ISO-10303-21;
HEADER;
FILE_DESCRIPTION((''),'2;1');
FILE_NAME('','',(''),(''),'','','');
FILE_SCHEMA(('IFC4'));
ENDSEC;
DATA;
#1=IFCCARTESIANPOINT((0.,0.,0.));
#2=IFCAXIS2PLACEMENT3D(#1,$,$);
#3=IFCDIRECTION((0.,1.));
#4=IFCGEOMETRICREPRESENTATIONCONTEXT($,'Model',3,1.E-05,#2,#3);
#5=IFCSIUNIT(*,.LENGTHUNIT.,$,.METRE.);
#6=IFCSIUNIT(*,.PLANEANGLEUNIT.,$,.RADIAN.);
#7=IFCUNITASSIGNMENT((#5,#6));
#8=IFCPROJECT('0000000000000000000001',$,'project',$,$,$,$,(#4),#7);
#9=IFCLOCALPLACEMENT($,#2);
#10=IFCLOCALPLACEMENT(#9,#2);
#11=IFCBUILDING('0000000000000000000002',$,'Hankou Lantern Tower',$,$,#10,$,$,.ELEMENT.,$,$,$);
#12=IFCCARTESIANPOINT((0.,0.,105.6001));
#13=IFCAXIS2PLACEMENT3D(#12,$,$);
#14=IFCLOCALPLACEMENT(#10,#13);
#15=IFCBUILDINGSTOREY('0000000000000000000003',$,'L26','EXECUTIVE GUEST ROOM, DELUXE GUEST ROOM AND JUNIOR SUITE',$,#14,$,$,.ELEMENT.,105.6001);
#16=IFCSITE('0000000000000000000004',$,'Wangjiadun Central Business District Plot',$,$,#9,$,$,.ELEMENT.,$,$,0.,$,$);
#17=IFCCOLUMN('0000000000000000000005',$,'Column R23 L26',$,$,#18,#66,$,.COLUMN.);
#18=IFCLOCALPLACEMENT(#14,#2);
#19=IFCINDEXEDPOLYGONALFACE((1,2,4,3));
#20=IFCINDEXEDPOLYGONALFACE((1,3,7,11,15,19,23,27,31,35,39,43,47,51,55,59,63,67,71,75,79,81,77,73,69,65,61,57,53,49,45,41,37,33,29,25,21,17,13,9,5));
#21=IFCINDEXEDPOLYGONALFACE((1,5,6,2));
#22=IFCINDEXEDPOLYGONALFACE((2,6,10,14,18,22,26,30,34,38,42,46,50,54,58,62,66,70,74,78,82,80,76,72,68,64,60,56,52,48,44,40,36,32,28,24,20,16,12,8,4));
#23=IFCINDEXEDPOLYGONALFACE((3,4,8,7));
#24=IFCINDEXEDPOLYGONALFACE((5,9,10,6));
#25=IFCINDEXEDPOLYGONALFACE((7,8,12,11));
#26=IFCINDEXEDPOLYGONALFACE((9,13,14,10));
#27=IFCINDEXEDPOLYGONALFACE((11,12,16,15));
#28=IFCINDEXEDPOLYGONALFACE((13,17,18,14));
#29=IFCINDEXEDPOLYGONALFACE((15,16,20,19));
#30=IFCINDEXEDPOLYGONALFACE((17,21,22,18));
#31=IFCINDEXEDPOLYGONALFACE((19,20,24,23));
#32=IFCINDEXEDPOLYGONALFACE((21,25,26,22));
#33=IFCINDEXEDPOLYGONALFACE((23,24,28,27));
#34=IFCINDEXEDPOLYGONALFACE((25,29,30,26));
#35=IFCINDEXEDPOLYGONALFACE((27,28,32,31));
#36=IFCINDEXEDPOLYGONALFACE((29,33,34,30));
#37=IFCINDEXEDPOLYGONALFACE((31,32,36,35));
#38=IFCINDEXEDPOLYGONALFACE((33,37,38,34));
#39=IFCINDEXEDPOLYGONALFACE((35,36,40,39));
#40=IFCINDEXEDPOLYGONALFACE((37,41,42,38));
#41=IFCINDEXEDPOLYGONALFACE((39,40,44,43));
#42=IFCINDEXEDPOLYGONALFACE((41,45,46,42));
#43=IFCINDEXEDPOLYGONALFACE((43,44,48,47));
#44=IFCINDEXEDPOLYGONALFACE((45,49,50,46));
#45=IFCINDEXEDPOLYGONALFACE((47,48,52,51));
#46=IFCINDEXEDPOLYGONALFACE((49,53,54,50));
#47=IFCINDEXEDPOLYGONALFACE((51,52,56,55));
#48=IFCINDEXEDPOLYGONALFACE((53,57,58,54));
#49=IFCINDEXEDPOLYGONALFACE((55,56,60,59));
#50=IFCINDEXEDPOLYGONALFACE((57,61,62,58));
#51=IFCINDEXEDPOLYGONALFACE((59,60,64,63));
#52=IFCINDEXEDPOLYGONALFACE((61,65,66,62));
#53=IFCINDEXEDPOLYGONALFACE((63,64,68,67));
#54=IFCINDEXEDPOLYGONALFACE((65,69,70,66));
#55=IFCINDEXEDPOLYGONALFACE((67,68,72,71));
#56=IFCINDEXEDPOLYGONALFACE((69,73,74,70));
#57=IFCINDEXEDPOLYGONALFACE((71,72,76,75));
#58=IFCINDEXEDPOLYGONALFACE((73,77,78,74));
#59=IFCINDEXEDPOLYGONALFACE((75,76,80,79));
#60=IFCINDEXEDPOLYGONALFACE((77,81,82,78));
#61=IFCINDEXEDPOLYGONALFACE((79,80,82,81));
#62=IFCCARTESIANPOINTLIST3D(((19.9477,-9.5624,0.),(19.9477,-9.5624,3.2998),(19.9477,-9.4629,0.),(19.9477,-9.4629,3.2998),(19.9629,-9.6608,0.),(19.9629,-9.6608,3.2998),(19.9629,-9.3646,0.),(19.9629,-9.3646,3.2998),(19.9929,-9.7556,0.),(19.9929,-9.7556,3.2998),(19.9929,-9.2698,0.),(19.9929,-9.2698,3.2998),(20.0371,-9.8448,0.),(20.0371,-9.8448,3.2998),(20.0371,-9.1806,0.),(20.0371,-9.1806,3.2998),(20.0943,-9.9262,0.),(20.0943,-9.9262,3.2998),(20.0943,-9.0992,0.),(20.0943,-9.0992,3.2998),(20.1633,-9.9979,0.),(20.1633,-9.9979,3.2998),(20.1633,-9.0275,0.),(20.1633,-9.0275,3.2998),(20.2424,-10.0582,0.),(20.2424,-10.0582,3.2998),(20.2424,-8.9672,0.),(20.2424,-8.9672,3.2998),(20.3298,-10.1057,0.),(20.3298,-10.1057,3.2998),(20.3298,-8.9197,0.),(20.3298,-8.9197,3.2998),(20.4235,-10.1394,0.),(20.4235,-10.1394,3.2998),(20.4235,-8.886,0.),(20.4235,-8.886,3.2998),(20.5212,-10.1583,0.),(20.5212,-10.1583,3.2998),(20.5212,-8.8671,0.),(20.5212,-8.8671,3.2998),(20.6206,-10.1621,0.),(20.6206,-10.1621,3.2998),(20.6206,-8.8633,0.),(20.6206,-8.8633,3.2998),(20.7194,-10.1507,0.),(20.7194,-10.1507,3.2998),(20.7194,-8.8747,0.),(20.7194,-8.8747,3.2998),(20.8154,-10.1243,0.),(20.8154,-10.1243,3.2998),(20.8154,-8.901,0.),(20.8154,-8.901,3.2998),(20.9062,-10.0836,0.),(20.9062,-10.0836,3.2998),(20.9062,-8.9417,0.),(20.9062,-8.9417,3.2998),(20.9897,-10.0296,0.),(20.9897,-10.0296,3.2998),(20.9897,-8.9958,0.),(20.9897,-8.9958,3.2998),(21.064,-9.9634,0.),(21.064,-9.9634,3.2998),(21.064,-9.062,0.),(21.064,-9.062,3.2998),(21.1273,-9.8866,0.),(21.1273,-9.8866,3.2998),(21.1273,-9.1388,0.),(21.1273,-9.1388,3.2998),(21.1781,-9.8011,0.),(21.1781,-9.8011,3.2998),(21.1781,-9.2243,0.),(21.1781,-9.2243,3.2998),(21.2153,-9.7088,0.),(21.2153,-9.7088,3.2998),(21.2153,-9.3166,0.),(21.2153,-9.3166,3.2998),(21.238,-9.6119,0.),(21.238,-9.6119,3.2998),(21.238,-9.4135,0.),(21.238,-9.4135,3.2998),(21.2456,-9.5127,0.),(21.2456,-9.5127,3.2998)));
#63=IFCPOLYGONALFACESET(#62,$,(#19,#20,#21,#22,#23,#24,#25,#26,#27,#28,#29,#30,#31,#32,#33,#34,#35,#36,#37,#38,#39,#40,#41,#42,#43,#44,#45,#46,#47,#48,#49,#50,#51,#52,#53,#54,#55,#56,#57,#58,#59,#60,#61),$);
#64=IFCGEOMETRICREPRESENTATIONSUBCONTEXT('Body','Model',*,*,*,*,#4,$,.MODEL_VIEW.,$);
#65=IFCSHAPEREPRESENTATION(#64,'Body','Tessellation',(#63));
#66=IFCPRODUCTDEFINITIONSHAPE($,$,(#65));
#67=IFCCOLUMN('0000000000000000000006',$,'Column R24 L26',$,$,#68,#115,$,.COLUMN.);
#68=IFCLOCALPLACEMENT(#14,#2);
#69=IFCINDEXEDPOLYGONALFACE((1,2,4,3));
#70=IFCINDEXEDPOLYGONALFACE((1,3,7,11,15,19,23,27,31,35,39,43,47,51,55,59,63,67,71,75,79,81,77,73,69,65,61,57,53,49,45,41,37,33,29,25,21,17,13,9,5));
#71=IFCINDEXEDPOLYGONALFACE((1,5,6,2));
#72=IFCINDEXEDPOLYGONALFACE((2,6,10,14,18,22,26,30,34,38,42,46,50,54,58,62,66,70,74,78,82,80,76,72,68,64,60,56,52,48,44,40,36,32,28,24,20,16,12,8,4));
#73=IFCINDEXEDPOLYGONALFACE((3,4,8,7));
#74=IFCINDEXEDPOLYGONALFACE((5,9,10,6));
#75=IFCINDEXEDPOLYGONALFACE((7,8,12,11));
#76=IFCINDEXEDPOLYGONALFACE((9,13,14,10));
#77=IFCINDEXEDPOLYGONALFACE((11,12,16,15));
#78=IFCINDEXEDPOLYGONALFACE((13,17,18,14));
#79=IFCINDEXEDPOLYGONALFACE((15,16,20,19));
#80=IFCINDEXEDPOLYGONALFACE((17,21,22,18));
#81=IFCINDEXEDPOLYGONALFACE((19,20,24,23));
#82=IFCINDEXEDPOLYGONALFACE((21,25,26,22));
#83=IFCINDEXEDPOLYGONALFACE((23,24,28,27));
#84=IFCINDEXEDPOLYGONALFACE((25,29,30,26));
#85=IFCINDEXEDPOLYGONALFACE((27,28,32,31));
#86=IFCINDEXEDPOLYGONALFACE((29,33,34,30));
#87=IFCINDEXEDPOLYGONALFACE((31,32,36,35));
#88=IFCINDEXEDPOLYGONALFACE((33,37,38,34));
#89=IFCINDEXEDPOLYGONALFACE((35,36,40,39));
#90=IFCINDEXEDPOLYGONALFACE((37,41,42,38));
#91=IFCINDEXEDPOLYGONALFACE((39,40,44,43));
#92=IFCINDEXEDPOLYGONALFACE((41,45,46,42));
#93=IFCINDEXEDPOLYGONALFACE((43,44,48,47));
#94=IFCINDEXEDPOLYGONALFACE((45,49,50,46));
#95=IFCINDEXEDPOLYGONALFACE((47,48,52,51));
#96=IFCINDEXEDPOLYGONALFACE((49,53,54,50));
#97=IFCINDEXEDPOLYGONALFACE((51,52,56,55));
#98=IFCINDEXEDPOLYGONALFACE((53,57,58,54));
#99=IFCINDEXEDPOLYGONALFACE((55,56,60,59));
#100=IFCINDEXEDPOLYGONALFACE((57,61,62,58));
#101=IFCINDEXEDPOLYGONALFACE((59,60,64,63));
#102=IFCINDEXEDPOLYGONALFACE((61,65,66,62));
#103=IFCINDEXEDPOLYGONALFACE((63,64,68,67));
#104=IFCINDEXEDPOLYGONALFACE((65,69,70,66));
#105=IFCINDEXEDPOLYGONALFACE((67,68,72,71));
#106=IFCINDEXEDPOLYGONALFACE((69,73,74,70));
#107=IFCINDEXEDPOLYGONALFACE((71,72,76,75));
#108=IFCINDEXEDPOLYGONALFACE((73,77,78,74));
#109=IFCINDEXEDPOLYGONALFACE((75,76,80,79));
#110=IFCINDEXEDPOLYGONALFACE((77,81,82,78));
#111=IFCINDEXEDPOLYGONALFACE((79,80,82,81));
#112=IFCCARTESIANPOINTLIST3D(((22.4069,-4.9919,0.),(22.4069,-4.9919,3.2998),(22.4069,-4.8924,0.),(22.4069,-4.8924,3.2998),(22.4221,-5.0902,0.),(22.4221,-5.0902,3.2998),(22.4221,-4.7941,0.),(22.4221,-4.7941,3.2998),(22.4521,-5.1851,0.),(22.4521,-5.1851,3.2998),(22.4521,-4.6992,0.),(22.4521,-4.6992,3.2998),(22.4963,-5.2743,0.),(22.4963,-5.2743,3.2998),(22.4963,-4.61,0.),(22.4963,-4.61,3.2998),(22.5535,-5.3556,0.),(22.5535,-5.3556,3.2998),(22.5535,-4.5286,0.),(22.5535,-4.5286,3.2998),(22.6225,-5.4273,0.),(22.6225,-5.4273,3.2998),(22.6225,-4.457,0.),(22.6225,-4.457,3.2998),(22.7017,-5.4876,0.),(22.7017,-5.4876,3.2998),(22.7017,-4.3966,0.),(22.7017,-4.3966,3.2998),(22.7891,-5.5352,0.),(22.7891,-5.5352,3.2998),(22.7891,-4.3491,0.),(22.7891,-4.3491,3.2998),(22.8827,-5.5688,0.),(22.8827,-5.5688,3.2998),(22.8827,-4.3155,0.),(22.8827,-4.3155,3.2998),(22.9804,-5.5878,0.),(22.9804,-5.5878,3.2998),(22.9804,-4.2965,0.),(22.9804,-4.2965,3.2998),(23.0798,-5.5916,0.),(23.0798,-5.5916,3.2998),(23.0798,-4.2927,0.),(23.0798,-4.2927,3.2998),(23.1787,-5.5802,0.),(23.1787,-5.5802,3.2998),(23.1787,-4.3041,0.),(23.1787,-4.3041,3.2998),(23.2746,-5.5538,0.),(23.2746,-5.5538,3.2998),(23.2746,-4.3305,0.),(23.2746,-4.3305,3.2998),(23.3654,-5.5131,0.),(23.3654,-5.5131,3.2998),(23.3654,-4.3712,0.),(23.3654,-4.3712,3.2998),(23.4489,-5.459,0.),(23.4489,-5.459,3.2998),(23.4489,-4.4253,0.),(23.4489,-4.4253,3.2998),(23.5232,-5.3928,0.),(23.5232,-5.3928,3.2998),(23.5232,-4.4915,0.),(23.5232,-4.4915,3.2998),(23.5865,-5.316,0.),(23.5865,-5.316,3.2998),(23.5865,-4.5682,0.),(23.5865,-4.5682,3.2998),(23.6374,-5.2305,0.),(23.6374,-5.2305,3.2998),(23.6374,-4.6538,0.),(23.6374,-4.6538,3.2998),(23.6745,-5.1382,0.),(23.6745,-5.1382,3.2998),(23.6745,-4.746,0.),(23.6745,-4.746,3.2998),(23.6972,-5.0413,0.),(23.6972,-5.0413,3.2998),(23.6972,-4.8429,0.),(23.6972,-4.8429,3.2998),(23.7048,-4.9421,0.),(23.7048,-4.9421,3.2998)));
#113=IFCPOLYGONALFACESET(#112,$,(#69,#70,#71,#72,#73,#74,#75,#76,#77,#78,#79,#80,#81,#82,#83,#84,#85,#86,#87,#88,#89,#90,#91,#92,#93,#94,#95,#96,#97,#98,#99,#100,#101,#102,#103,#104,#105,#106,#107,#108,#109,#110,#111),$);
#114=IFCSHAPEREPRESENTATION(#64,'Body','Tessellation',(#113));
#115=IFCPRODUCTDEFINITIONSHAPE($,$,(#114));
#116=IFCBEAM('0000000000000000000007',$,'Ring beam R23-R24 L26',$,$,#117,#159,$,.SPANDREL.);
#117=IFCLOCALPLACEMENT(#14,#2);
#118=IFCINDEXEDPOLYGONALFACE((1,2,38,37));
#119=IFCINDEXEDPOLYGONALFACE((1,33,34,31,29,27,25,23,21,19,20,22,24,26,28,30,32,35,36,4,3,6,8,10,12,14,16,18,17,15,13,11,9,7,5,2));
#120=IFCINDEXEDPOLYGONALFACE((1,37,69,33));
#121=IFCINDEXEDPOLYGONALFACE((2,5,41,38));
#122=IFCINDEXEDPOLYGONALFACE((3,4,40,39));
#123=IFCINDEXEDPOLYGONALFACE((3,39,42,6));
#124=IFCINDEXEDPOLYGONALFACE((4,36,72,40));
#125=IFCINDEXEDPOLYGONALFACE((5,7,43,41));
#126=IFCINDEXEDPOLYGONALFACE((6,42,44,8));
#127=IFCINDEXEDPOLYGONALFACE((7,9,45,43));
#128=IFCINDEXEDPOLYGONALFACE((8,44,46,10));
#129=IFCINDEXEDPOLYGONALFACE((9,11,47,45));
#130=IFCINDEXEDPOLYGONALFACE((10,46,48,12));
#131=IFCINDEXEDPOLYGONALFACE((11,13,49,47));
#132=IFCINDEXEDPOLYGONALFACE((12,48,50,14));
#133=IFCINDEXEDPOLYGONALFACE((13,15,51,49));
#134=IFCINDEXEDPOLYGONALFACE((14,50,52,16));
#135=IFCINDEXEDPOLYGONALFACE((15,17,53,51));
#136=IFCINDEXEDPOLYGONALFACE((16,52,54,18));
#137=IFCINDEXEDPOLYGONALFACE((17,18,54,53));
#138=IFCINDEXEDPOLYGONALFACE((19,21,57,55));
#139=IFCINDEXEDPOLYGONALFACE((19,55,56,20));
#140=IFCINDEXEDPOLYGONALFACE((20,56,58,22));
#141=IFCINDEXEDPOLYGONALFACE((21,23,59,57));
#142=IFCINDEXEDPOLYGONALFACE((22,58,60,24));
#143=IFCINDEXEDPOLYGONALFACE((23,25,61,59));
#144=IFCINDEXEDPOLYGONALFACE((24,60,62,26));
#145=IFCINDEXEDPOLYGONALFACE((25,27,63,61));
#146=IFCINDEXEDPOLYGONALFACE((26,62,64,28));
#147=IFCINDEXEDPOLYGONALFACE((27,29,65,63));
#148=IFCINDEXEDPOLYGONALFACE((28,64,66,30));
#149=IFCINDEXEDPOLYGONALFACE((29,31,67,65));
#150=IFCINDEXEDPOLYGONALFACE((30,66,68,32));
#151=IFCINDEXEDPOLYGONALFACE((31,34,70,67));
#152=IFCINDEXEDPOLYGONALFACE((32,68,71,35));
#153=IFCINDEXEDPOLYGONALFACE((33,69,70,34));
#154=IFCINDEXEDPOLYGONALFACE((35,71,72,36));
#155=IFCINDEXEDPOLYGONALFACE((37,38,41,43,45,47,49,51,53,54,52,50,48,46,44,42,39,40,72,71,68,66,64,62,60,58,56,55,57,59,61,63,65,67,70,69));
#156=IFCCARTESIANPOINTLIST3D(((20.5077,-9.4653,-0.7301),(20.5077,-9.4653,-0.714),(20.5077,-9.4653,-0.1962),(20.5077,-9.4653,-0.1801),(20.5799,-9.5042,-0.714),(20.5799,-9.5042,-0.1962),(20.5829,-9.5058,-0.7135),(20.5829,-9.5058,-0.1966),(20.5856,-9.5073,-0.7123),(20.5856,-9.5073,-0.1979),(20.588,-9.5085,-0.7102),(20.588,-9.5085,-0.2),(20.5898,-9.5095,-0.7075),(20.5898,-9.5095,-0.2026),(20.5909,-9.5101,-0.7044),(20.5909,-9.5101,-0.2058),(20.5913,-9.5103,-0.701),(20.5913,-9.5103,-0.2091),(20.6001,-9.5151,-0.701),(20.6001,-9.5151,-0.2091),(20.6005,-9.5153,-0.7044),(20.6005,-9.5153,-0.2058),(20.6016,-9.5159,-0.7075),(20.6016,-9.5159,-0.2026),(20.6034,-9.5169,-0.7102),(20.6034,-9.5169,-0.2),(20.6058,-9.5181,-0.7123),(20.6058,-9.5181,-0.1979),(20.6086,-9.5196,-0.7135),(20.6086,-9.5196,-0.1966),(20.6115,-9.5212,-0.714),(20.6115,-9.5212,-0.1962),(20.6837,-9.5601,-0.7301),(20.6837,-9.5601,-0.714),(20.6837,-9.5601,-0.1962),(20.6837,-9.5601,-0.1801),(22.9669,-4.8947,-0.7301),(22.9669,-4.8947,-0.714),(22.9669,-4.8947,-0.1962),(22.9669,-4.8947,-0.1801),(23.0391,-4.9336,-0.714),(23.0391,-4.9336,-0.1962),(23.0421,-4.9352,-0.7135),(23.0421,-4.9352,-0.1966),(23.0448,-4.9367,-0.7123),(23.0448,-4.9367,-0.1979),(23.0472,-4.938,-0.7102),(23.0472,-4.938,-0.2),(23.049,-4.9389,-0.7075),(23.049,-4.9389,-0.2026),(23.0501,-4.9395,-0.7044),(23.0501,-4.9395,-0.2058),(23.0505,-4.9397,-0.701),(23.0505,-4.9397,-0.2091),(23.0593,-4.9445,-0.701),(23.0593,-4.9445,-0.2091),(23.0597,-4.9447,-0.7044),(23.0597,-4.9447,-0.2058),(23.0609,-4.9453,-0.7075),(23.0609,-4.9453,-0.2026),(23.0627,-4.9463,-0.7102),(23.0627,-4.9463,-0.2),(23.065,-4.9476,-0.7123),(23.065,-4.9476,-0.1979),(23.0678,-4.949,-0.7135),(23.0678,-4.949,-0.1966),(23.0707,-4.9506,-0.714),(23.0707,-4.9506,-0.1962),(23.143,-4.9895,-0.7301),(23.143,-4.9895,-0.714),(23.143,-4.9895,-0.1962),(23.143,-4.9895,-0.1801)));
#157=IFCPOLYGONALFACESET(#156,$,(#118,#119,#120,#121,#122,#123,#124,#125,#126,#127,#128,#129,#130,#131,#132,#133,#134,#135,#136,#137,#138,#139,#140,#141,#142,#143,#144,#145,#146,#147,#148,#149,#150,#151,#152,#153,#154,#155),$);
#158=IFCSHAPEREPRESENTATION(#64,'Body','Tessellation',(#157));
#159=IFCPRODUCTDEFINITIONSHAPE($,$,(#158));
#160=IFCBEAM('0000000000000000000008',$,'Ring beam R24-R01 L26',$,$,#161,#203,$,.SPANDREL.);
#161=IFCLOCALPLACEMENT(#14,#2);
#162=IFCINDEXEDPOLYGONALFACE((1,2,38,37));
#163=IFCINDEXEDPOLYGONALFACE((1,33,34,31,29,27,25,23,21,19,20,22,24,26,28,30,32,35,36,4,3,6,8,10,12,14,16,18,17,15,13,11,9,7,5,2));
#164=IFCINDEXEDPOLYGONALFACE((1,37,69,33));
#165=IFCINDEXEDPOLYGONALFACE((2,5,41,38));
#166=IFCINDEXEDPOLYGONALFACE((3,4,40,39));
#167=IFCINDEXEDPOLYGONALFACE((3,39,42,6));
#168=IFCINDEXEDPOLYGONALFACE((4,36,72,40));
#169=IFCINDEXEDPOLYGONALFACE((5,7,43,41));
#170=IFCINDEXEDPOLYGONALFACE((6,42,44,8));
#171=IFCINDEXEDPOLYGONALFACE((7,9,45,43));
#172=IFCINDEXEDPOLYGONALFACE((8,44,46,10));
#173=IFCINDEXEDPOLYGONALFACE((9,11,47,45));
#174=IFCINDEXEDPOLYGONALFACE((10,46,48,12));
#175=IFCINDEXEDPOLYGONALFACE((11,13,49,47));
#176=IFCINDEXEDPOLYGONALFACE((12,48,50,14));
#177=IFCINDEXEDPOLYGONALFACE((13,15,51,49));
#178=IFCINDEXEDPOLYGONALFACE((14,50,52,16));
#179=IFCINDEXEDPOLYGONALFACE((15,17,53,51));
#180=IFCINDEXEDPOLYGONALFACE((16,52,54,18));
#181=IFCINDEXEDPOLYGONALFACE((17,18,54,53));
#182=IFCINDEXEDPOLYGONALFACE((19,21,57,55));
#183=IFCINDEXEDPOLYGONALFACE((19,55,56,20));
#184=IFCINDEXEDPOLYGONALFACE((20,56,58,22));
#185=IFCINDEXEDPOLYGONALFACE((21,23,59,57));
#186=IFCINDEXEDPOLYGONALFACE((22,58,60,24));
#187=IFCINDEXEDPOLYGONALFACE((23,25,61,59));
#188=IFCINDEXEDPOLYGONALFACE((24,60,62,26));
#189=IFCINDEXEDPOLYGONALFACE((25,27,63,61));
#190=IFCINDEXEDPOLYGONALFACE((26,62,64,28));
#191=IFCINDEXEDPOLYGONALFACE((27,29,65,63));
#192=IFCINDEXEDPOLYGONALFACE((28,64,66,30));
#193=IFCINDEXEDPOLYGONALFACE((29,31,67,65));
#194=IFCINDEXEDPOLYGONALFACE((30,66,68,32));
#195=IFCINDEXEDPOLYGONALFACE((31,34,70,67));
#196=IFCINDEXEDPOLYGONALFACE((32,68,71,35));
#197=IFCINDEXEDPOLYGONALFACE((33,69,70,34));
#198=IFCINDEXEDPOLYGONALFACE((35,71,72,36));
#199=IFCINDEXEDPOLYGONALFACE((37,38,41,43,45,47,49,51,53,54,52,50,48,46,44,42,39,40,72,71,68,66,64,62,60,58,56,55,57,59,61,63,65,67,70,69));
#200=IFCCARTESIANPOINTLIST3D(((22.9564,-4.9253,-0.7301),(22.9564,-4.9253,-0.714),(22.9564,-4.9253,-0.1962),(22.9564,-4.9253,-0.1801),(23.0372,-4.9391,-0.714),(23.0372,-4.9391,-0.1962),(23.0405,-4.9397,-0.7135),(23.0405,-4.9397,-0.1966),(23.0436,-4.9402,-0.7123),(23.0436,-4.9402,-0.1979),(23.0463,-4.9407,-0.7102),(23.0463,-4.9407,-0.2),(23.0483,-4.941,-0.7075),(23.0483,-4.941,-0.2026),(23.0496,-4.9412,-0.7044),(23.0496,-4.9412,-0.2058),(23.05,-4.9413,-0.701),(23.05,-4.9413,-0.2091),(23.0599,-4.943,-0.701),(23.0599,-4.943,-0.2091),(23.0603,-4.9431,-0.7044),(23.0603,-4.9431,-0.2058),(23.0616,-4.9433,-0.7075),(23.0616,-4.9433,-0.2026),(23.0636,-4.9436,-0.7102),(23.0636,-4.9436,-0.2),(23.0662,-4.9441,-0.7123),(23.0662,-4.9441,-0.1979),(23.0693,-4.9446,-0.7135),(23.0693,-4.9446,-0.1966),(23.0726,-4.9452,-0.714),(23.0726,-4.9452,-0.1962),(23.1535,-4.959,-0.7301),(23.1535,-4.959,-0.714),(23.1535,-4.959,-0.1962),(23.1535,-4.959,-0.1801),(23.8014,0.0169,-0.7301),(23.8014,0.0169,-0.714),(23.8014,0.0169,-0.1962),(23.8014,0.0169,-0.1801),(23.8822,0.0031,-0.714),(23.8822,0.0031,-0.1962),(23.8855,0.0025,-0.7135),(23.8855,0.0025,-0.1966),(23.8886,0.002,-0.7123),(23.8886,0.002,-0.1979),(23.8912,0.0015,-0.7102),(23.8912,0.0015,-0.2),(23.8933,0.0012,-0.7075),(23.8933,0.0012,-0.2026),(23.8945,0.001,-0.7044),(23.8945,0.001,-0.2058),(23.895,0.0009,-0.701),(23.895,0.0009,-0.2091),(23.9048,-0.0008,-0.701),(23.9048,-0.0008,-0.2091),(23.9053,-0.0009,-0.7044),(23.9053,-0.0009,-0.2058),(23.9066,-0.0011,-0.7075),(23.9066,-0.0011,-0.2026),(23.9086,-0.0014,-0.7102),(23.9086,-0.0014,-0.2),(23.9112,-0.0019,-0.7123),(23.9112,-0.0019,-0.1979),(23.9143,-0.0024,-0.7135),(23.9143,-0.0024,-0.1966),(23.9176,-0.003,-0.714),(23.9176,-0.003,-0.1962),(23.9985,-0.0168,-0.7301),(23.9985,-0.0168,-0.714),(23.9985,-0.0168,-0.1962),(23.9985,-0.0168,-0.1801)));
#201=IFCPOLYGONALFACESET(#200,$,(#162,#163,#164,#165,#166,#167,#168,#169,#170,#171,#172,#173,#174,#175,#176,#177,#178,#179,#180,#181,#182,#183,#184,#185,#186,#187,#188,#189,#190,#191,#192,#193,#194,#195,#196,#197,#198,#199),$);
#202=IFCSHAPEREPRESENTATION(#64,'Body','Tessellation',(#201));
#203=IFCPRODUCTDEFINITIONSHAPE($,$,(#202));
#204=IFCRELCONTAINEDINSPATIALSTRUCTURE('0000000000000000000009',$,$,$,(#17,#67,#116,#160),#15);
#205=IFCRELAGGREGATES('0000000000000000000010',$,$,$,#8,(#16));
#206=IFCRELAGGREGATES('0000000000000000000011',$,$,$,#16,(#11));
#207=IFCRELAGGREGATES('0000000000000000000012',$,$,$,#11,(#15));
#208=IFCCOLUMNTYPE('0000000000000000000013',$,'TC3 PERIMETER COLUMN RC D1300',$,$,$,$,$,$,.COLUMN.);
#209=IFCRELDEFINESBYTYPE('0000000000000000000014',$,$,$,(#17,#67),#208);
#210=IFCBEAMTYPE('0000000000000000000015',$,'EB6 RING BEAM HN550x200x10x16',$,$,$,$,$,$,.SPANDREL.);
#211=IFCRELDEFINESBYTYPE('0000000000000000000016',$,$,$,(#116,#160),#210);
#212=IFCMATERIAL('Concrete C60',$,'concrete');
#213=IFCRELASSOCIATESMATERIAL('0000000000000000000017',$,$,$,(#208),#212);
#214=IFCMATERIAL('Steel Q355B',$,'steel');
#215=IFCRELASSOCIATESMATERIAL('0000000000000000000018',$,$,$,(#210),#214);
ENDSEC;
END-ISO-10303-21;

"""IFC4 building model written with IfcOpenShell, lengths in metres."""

from ifc_helpers import new_model, si_unit, direction, frame, origin, origin_2d, place, context, subcontext, project, spatial, circle, i_section, extrude, material, material_profile, profile_set, type_object, element, save


model = new_model("IFC4")

# Units and contexts
model_context = context("Model", 3, precision=1e-05, world=origin(), true_north=direction((0.0, 1.0)))
body_context = subcontext(model_context, "Body", "Model", "MODEL_VIEW")
ifc_project = project(units=[si_unit("LENGTHUNIT", "METRE"), si_unit("PLANEANGLEUNIT", "RADIAN")], contexts=[model_context])

# Site, building, storey
site_placement = place(None, origin())
site = spatial("IfcSite", under=ifc_project, at=site_placement, Name="Wangjiadun Central Business District Plot", CompositionType="ELEMENT", RefElevation=0.0)
building_placement = place(site_placement, origin())
building = spatial("IfcBuilding", under=site, at=building_placement, Name="Hankou Lantern Tower", CompositionType="ELEMENT")
storey_placement = place(building_placement, frame((0.0, 0.0, 105.6001)))
storey = spatial("IfcBuildingStorey", under=building, at=storey_placement, Name="L26", Description="EXECUTIVE GUEST ROOM, DELUXE GUEST ROOM AND JUNIOR SUITE", CompositionType="ELEMENT", Elevation=105.6001)

# Columns
ifc_material_1 = material(Name="Concrete C60", Category="concrete")
ifc_material_profile_1 = material_profile(ifc_material_1, circle(Radius=0.6499, at=origin_2d()), Name="RC D1300")
ifc_profile_set_1 = profile_set([ifc_material_profile_1], Name="Concrete C60")
column_type = type_object("IfcColumnType", Name="TC3 PERIMETER COLUMN RC D1300", PredefinedType="COLUMN", material=ifc_profile_set_1)
for number, where, z_axis, x_axis, name in (
    (1, (20.5957, -9.5127, 0.0), (0.0, 0.0, 1.0), (1.0, 0.0, 0.0), "Column R23 L26"),
    (2, (23.0549, -4.9421, 0.0), (0.0, 0.0, 1.0), (1.0, 0.0, 0.0), "Column R24 L26"),
):
    element("IfcColumn", number, at=place(storey_placement, frame(where, z_axis=z_axis, x_axis=x_axis)), inside=storey, type_object=column_type, Name=name, PredefinedType="COLUMN", context=body_context, shape_type="SweptSolid", body=[
        extrude(circle(Radius=0.6499, at=origin_2d()), origin(), (0.0, 0.0, 1.0), 3.2998),
    ])

# Beams
ifc_material_2 = material(Name="Steel Q355B", Category="steel")
ifc_material_profile_2 = material_profile(ifc_material_2, i_section(OverallWidth=0.2, OverallDepth=0.55, WebThickness=0.01, FlangeThickness=0.0161, FilletRadius=0.0129, at=origin_2d()), Name="HN550x200x10x16")
ifc_profile_set_2 = profile_set([ifc_material_profile_2], Name="Steel Q355B")
beam_type_1 = type_object("IfcBeamType", Name="EB6 RING BEAM HN550x200x10x16", PredefinedType="SPANDREL", material=ifc_profile_set_2)
beam_1_placement = place(storey_placement, frame((20.5957, -9.5127, -0.4551), z_axis=(0.473825, 0.880619, 0.0), x_axis=(-0.880619, 0.473825, 0.0)))
element("IfcBeam", 3, at=beam_1_placement, inside=storey, type_object=beam_type_1, Name="Ring beam R23-R24 L26", PredefinedType="SPANDREL", context=body_context, shape_type="SweptSolid", body=[
    extrude(i_section(OverallWidth=0.2, OverallDepth=0.55, WebThickness=0.01, FlangeThickness=0.0161, FilletRadius=0.0129, at=origin_2d()), origin(), (0.0, 0.0, 1.0), 5.1902),
])
beam_2_placement = place(storey_placement, frame((23.0549, -4.9421, -0.4551), z_axis=(0.168527, 0.985697, 0.0), x_axis=(-0.985697, 0.168527, 0.0)))
element("IfcBeam", 4, at=beam_2_placement, inside=storey, type_object=beam_type_1, Name="Ring beam R24-R01 L26", PredefinedType="SPANDREL", context=body_context, shape_type="SweptSolid", body=[
    extrude(i_section(OverallWidth=0.2, OverallDepth=0.55, WebThickness=0.01, FlangeThickness=0.0161, FilletRadius=0.0129, at=origin_2d()), origin(), (0.0, 0.0, 1.0), 5.0139),
])

save(model, "model.ifc")
